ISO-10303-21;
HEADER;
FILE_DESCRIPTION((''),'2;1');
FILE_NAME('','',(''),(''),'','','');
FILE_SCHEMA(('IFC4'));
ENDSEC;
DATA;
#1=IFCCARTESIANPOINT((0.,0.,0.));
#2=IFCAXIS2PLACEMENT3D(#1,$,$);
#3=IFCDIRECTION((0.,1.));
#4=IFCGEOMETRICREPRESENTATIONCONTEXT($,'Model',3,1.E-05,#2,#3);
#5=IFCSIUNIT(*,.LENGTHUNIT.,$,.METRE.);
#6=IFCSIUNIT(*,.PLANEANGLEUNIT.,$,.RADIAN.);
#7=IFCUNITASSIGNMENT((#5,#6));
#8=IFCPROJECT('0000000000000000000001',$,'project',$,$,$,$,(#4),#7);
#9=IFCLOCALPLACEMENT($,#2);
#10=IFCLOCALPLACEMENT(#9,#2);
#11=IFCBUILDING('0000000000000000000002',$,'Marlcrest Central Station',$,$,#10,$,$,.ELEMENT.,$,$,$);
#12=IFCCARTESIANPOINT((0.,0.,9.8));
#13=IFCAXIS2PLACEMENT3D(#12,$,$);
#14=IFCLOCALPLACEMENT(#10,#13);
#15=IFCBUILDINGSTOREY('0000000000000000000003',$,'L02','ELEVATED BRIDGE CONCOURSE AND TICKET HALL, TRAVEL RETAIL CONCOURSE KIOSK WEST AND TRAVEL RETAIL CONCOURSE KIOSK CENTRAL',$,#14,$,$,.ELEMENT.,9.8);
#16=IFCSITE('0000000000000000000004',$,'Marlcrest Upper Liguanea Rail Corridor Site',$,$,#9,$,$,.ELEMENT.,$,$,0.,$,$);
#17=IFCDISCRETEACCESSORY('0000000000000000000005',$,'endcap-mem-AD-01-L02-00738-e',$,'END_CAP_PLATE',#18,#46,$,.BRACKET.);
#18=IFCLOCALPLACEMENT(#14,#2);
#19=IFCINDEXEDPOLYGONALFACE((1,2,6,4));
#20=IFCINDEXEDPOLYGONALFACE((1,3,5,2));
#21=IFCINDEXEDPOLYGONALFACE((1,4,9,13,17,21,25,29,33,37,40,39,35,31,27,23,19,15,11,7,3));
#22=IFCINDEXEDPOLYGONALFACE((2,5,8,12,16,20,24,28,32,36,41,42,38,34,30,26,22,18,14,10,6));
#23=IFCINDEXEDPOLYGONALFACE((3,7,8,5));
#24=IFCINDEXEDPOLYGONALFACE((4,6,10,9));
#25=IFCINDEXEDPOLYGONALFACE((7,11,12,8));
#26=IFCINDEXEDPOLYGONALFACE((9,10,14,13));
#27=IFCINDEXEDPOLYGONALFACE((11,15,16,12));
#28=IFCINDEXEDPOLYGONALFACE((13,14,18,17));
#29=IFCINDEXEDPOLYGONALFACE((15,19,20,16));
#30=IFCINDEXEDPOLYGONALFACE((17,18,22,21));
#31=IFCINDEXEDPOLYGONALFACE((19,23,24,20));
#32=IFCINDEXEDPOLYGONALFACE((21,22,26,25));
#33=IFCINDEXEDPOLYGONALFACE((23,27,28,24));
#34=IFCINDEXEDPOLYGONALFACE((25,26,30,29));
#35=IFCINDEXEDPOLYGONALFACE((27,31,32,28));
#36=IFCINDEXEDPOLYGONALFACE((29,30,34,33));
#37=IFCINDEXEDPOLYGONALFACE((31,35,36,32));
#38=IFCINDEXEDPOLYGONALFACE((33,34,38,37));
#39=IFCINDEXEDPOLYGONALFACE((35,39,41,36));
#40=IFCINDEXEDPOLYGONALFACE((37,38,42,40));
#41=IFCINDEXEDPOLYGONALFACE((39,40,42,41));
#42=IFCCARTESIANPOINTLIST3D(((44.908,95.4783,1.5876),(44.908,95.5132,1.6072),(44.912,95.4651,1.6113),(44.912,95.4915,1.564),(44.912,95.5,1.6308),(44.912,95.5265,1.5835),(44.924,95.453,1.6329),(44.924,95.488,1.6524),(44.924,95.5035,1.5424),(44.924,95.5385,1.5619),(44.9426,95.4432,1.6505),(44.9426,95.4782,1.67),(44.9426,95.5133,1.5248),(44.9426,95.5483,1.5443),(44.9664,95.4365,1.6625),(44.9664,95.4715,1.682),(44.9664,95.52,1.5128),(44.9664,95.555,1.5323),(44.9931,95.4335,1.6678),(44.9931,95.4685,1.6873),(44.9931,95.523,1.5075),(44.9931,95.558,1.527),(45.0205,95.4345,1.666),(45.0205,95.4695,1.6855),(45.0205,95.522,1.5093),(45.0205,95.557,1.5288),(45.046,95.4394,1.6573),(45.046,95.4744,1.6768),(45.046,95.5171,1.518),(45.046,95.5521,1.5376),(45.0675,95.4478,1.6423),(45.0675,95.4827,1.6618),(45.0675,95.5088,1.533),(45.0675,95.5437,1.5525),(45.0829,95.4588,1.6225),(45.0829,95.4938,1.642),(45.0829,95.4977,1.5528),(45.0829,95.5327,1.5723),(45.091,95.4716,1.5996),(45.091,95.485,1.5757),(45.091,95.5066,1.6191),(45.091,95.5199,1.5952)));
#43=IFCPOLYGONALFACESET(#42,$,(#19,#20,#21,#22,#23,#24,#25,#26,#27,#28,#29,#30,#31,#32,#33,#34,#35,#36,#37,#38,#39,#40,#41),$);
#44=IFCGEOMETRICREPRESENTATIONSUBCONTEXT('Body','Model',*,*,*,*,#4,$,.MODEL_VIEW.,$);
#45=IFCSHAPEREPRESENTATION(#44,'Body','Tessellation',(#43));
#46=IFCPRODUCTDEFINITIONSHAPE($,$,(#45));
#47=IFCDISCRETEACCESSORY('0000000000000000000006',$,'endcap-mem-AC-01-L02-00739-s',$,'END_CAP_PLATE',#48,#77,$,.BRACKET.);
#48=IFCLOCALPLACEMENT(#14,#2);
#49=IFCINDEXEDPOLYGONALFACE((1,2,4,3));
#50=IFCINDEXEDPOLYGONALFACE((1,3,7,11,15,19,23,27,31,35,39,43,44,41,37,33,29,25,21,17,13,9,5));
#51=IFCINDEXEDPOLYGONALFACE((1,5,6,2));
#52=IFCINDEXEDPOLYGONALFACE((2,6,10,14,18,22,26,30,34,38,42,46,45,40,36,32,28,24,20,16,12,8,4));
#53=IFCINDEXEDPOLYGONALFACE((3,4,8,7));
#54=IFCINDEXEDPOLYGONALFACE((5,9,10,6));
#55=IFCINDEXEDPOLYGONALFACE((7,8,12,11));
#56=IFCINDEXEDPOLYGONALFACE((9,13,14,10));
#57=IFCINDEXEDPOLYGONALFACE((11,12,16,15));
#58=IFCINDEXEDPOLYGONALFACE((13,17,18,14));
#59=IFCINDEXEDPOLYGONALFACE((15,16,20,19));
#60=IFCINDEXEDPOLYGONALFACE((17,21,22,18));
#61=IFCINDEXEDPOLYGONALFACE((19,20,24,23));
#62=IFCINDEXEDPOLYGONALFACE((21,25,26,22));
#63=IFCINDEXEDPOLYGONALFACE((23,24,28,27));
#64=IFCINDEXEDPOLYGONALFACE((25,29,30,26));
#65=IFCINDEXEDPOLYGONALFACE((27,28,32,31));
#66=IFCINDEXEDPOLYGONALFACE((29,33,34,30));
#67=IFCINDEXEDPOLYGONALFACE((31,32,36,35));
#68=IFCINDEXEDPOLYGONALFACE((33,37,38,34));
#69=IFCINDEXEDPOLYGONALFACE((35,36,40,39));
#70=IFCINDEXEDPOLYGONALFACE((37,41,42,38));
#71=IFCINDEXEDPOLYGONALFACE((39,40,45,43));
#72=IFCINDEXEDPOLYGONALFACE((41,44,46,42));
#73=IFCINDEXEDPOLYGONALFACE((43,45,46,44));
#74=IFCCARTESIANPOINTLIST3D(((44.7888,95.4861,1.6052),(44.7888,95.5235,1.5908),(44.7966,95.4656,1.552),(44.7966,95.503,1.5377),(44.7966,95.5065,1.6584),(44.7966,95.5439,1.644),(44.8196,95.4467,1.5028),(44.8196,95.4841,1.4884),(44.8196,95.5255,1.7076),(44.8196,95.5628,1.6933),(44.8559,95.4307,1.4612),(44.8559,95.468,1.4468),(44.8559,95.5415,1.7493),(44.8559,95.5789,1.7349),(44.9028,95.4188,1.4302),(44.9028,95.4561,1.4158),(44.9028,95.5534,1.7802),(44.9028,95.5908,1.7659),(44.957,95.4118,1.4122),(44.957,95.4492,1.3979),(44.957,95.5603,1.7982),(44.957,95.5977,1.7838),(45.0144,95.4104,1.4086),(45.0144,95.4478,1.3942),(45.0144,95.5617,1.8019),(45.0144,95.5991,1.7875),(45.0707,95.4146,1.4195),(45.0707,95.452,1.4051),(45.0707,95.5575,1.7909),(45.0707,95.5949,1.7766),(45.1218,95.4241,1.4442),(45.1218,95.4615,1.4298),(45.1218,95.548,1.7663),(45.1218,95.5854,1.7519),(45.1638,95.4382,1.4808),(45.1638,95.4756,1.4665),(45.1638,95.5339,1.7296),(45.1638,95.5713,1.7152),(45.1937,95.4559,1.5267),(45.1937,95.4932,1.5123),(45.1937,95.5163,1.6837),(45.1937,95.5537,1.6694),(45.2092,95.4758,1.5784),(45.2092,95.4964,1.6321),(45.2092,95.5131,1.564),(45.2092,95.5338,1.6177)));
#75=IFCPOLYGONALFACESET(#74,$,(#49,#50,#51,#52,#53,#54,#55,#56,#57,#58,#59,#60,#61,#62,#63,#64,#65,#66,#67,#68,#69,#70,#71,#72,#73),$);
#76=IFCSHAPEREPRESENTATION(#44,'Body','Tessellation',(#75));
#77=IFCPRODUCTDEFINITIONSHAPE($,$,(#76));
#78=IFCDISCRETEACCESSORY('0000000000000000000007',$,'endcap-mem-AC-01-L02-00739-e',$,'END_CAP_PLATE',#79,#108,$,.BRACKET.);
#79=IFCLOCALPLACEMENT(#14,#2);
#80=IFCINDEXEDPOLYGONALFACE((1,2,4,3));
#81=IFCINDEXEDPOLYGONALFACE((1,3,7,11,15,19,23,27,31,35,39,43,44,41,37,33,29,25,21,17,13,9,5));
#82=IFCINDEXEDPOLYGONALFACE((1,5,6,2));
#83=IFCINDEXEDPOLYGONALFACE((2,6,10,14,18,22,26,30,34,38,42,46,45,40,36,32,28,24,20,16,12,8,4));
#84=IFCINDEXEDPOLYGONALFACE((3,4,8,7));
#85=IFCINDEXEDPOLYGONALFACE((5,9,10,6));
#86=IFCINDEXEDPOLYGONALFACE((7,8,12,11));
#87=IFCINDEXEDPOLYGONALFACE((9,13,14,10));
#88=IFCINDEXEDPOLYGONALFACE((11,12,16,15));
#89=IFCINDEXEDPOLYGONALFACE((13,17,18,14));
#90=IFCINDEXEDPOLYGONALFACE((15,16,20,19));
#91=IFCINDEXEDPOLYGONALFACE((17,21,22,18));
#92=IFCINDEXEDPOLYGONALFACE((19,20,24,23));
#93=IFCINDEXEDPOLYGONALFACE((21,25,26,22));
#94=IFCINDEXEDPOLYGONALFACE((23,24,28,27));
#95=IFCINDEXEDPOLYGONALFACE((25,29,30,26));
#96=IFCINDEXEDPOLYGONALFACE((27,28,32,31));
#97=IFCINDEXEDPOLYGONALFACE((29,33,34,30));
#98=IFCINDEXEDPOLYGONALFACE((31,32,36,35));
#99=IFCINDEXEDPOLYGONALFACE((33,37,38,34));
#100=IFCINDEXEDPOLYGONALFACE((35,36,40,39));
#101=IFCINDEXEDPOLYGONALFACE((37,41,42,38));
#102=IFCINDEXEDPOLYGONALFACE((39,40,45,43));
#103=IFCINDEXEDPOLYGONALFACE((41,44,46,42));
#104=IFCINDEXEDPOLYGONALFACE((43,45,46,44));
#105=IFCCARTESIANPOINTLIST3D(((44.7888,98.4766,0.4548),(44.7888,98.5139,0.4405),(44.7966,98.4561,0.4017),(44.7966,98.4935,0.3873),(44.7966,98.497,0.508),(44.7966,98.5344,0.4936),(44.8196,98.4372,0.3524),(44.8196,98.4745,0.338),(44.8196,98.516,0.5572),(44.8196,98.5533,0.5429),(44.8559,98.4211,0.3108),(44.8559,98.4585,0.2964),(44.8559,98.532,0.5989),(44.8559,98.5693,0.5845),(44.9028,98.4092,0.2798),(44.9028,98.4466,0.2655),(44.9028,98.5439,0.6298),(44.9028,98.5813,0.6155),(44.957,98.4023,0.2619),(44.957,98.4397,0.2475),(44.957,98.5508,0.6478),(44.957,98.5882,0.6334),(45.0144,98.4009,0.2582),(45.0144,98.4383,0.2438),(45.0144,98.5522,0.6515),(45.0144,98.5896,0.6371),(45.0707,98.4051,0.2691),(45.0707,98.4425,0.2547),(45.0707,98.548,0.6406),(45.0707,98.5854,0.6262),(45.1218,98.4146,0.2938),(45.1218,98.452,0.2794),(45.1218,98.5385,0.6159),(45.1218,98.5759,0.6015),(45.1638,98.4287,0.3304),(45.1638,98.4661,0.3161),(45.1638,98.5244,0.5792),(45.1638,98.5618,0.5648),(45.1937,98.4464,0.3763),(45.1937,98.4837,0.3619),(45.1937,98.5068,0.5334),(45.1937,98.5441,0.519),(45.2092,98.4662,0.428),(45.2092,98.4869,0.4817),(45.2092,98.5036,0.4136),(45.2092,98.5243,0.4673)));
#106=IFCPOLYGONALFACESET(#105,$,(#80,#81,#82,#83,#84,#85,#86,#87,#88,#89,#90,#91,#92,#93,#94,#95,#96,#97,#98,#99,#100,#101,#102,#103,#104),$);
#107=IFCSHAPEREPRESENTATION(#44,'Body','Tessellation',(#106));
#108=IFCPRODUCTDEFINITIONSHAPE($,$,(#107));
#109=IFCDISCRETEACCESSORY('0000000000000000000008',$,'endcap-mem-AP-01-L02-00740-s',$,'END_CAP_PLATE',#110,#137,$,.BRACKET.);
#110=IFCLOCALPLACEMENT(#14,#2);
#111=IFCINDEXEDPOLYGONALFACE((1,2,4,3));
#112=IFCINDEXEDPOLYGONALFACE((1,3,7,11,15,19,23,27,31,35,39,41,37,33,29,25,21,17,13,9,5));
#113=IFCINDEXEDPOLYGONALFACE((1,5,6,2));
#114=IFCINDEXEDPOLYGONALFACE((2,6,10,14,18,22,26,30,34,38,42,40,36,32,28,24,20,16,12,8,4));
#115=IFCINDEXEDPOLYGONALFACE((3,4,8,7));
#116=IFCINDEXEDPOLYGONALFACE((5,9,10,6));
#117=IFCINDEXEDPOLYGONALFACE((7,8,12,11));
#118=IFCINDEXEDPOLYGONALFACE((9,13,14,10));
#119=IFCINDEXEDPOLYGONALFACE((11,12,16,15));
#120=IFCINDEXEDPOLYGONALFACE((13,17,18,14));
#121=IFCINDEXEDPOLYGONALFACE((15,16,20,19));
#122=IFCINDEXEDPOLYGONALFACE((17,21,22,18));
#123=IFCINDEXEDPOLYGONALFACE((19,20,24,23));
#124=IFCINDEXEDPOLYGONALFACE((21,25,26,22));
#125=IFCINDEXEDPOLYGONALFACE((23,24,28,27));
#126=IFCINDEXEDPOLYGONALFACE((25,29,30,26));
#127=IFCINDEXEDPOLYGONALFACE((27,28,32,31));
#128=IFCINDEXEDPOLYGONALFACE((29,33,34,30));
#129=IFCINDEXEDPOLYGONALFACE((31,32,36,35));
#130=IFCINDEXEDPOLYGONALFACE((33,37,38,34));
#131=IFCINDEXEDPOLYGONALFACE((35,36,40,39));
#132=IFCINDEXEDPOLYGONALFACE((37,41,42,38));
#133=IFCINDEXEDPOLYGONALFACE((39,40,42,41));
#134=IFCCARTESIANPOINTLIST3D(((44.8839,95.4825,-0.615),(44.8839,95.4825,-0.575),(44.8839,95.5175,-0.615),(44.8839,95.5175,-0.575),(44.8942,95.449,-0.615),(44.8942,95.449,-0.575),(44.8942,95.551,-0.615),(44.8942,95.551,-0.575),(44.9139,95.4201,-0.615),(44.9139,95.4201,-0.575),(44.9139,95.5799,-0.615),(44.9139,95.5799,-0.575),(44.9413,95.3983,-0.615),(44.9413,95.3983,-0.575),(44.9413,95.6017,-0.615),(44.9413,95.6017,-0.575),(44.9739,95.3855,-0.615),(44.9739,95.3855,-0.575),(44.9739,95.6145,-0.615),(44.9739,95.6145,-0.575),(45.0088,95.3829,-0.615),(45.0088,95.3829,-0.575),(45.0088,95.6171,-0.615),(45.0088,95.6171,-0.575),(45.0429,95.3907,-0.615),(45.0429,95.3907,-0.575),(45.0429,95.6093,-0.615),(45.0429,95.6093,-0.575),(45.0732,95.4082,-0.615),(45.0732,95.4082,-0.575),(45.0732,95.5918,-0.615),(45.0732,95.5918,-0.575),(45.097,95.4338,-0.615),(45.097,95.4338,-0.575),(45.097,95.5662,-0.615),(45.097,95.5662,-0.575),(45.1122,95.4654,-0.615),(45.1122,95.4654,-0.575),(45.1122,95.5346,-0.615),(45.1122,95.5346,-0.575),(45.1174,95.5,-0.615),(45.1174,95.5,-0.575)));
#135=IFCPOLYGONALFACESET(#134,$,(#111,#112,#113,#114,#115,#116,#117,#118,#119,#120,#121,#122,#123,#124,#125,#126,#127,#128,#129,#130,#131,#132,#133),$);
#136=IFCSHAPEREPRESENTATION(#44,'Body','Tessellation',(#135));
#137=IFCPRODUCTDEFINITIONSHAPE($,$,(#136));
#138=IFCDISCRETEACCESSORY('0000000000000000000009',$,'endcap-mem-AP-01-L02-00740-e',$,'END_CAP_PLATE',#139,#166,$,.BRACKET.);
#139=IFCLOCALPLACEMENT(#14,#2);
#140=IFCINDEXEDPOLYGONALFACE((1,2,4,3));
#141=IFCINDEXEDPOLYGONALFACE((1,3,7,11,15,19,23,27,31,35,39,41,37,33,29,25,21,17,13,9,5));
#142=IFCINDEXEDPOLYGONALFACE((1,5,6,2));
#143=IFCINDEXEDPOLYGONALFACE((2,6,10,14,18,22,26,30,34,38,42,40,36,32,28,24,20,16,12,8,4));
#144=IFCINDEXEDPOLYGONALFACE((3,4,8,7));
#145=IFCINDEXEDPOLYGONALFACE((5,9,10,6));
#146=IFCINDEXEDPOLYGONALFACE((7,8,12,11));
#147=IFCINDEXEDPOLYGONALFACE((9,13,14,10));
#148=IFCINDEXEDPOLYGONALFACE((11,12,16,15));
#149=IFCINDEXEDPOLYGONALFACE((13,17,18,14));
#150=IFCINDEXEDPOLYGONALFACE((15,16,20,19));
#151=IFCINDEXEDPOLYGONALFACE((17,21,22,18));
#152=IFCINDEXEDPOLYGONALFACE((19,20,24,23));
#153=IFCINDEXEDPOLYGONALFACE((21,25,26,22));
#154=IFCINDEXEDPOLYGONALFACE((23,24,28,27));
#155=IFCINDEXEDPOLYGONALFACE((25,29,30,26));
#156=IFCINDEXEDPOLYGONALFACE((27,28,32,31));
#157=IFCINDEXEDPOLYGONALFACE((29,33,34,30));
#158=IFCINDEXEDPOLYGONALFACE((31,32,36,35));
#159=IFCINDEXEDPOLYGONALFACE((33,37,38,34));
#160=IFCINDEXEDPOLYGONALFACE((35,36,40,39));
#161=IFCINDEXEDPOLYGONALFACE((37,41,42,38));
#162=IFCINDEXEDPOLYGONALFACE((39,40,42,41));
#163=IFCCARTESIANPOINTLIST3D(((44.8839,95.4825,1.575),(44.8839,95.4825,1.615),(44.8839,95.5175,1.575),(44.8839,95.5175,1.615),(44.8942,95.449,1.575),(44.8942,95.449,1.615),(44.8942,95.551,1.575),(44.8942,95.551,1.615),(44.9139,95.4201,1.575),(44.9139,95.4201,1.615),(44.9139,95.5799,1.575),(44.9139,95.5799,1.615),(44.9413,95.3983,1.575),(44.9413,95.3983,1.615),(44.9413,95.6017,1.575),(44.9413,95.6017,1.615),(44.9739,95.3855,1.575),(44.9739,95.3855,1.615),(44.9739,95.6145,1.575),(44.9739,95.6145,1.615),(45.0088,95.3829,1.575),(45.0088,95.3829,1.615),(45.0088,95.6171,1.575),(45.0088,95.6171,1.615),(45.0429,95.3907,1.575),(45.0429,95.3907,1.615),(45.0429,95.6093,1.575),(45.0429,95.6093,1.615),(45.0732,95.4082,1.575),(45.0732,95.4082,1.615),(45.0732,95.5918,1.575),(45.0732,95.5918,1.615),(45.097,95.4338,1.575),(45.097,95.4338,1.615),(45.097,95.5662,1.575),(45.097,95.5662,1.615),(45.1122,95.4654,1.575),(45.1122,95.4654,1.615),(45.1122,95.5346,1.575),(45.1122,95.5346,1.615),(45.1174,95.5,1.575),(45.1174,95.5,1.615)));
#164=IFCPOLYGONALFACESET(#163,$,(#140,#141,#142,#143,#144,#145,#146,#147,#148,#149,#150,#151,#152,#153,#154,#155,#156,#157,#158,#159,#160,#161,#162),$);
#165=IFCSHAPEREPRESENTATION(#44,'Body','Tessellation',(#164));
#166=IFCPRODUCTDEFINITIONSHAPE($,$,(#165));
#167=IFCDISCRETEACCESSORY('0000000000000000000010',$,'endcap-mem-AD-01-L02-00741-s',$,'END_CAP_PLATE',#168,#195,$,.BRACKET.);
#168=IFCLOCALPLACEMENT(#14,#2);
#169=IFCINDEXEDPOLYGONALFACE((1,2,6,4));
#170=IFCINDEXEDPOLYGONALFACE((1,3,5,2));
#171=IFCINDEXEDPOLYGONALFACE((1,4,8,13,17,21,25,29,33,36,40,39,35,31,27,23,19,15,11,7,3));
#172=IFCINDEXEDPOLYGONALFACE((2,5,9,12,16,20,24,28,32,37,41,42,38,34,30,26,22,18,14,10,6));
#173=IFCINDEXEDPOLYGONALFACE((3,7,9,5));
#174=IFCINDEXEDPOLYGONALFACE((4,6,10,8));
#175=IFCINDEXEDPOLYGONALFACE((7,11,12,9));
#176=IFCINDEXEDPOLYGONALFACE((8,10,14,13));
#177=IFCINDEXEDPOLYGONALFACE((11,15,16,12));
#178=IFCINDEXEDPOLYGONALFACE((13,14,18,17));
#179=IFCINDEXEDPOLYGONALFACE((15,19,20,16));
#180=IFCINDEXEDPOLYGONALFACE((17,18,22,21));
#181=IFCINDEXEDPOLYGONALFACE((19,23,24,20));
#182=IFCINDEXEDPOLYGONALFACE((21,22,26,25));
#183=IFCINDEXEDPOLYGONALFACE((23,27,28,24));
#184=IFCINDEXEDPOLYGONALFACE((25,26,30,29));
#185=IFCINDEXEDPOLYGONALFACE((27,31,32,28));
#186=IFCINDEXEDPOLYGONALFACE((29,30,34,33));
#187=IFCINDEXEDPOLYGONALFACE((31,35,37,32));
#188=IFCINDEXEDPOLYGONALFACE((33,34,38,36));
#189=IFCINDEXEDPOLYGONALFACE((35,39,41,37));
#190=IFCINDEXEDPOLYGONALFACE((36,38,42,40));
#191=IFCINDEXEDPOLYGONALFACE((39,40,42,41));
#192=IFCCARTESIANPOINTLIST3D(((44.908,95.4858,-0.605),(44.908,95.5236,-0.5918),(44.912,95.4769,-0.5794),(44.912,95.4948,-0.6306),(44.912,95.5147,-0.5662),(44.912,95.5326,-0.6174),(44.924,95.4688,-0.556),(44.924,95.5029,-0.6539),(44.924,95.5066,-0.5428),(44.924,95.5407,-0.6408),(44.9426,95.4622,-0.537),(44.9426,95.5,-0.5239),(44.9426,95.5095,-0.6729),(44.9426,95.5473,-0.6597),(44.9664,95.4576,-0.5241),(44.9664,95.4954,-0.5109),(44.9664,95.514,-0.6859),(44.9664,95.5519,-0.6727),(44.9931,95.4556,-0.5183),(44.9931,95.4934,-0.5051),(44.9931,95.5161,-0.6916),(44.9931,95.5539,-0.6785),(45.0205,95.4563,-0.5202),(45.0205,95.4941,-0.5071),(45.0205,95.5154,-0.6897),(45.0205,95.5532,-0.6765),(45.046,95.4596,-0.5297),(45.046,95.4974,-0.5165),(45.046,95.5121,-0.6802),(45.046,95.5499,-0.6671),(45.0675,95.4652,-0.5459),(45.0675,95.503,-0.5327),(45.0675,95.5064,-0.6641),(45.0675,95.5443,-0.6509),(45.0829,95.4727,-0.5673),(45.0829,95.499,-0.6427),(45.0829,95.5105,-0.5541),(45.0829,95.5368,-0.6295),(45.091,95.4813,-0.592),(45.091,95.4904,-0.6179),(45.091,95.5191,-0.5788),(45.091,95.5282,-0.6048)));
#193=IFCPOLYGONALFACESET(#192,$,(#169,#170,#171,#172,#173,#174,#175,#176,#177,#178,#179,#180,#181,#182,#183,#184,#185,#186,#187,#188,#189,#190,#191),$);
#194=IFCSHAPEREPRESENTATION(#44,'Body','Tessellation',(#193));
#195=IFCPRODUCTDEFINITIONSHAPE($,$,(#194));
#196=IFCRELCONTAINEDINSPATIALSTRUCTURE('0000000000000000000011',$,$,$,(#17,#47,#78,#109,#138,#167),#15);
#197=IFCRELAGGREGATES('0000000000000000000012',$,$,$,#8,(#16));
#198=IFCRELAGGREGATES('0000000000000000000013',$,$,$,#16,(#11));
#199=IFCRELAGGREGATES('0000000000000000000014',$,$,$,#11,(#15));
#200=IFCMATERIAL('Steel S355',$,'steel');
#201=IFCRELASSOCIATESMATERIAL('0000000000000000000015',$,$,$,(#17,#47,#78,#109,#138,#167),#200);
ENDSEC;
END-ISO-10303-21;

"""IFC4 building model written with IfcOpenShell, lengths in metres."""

from ifc_helpers import new_model, si_unit, direction, frame, origin, origin_2d, place, context, subcontext, project, spatial, circle, extrude, material, element, save


model = new_model("IFC4")

# Units and contexts
model_context = context("Model", 3, precision=1e-05, world=origin(), true_north=direction((0.0, 1.0)))
body_context = subcontext(model_context, "Body", "Model", "MODEL_VIEW")
ifc_project = project(units=[si_unit("LENGTHUNIT", "METRE"), si_unit("PLANEANGLEUNIT", "RADIAN")], contexts=[model_context])

# Site, building, storey
site_placement = place(None, origin())
site = spatial("IfcSite", under=ifc_project, at=site_placement, Name="Marlcrest Upper Liguanea Rail Corridor Site", CompositionType="ELEMENT", RefElevation=0.0)
building_placement = place(site_placement, origin())
building = spatial("IfcBuilding", under=site, at=building_placement, Name="Marlcrest Central Station", CompositionType="ELEMENT")
storey_placement = place(building_placement, frame((0.0, 0.0, 9.8)))
storey = spatial("IfcBuildingStorey", under=building, at=storey_placement, Name="L02", Description="ELEVATED BRIDGE CONCOURSE AND TICKET HALL, TRAVEL RETAIL CONCOURSE KIOSK WEST AND TRAVEL RETAIL CONCOURSE KIOSK CENTRAL", CompositionType="ELEMENT", Elevation=9.8)

# Shared definitions
ifc_material_1 = material(Name="Steel S355", Category="steel")

# Discrete accessories
discrete_accessory_1_placement = place(storey_placement, frame((45.0, 95.4783, 1.5876), z_axis=(0.0, 0.873246, 0.48728), x_axis=(-1.0, 0.0, 0.0)))
element("IfcDiscreteAccessory", 1, at=discrete_accessory_1_placement, inside=storey, material=ifc_material_1, Name="endcap-mem-AD-01-L02-00738-e", ObjectType="END_CAP_PLATE", PredefinedType="BRACKET", context=body_context, shape_type="SweptSolid", body=[
    extrude(circle(Radius=0.092, at=origin_2d()), origin(), (0.0, 0.0, 1.0), 0.04),
])
for number, where, z_axis, x_axis, name in (
    (2, (45.0, 95.4861, 1.6052), (0.0, 0.933324, -0.359035), (-1.0, 0.0, 0.0), "endcap-mem-AC-01-L02-00739-s"),
    (3, (45.0, 98.4766, 0.4548), (0.0, 0.933324, -0.359035), (-1.0, 0.0, 0.0), "endcap-mem-AC-01-L02-00739-e"),
):
    element("IfcDiscreteAccessory", number, at=place(storey_placement, frame(where, z_axis=z_axis, x_axis=x_axis)), inside=storey, material=ifc_material_1, Name=name, ObjectType="END_CAP_PLATE", PredefinedType="BRACKET", context=body_context, shape_type="SweptSolid", body=[
        extrude(circle(Radius=0.2112, at=origin_2d()), origin(), (0.0, 0.0, 1.0), 0.04),
    ])
for number, where, z_axis, x_axis, name in (
    (4, (45.0, 95.5, -0.615), (0.0, 0.0, 1.0), (1.0, 0.0, 0.0), "endcap-mem-AP-01-L02-00740-s"),
    (5, (45.0, 95.5, 1.575), (0.0, 0.0, 1.0), (1.0, 0.0, 0.0), "endcap-mem-AP-01-L02-00740-e"),
):
    element("IfcDiscreteAccessory", number, at=place(storey_placement, frame(where, z_axis=z_axis, x_axis=x_axis)), inside=storey, material=ifc_material_1, Name=name, ObjectType="END_CAP_PLATE", PredefinedType="BRACKET", context=body_context, shape_type="SweptSolid", body=[
        extrude(circle(Radius=0.1174, at=origin_2d()), origin(), (0.0, 0.0, 1.0), 0.04),
    ])
for number, where, z_axis, x_axis, name in (
    (6, (45.0, 95.4858, -0.605), (0.0, 0.94426, 0.3292), (-1.0, 0.0, 0.0), "endcap-mem-AD-01-L02-00741-s"),
):
    element("IfcDiscreteAccessory", number, at=place(storey_placement, frame(where, z_axis=z_axis, x_axis=x_axis)), inside=storey, material=ifc_material_1, Name=name, ObjectType="END_CAP_PLATE", PredefinedType="BRACKET", context=body_context, shape_type="SweptSolid", body=[
        extrude(circle(Radius=0.092, at=origin_2d()), origin(), (0.0, 0.0, 1.0), 0.04),
    ])

save(model, "model.ifc")
